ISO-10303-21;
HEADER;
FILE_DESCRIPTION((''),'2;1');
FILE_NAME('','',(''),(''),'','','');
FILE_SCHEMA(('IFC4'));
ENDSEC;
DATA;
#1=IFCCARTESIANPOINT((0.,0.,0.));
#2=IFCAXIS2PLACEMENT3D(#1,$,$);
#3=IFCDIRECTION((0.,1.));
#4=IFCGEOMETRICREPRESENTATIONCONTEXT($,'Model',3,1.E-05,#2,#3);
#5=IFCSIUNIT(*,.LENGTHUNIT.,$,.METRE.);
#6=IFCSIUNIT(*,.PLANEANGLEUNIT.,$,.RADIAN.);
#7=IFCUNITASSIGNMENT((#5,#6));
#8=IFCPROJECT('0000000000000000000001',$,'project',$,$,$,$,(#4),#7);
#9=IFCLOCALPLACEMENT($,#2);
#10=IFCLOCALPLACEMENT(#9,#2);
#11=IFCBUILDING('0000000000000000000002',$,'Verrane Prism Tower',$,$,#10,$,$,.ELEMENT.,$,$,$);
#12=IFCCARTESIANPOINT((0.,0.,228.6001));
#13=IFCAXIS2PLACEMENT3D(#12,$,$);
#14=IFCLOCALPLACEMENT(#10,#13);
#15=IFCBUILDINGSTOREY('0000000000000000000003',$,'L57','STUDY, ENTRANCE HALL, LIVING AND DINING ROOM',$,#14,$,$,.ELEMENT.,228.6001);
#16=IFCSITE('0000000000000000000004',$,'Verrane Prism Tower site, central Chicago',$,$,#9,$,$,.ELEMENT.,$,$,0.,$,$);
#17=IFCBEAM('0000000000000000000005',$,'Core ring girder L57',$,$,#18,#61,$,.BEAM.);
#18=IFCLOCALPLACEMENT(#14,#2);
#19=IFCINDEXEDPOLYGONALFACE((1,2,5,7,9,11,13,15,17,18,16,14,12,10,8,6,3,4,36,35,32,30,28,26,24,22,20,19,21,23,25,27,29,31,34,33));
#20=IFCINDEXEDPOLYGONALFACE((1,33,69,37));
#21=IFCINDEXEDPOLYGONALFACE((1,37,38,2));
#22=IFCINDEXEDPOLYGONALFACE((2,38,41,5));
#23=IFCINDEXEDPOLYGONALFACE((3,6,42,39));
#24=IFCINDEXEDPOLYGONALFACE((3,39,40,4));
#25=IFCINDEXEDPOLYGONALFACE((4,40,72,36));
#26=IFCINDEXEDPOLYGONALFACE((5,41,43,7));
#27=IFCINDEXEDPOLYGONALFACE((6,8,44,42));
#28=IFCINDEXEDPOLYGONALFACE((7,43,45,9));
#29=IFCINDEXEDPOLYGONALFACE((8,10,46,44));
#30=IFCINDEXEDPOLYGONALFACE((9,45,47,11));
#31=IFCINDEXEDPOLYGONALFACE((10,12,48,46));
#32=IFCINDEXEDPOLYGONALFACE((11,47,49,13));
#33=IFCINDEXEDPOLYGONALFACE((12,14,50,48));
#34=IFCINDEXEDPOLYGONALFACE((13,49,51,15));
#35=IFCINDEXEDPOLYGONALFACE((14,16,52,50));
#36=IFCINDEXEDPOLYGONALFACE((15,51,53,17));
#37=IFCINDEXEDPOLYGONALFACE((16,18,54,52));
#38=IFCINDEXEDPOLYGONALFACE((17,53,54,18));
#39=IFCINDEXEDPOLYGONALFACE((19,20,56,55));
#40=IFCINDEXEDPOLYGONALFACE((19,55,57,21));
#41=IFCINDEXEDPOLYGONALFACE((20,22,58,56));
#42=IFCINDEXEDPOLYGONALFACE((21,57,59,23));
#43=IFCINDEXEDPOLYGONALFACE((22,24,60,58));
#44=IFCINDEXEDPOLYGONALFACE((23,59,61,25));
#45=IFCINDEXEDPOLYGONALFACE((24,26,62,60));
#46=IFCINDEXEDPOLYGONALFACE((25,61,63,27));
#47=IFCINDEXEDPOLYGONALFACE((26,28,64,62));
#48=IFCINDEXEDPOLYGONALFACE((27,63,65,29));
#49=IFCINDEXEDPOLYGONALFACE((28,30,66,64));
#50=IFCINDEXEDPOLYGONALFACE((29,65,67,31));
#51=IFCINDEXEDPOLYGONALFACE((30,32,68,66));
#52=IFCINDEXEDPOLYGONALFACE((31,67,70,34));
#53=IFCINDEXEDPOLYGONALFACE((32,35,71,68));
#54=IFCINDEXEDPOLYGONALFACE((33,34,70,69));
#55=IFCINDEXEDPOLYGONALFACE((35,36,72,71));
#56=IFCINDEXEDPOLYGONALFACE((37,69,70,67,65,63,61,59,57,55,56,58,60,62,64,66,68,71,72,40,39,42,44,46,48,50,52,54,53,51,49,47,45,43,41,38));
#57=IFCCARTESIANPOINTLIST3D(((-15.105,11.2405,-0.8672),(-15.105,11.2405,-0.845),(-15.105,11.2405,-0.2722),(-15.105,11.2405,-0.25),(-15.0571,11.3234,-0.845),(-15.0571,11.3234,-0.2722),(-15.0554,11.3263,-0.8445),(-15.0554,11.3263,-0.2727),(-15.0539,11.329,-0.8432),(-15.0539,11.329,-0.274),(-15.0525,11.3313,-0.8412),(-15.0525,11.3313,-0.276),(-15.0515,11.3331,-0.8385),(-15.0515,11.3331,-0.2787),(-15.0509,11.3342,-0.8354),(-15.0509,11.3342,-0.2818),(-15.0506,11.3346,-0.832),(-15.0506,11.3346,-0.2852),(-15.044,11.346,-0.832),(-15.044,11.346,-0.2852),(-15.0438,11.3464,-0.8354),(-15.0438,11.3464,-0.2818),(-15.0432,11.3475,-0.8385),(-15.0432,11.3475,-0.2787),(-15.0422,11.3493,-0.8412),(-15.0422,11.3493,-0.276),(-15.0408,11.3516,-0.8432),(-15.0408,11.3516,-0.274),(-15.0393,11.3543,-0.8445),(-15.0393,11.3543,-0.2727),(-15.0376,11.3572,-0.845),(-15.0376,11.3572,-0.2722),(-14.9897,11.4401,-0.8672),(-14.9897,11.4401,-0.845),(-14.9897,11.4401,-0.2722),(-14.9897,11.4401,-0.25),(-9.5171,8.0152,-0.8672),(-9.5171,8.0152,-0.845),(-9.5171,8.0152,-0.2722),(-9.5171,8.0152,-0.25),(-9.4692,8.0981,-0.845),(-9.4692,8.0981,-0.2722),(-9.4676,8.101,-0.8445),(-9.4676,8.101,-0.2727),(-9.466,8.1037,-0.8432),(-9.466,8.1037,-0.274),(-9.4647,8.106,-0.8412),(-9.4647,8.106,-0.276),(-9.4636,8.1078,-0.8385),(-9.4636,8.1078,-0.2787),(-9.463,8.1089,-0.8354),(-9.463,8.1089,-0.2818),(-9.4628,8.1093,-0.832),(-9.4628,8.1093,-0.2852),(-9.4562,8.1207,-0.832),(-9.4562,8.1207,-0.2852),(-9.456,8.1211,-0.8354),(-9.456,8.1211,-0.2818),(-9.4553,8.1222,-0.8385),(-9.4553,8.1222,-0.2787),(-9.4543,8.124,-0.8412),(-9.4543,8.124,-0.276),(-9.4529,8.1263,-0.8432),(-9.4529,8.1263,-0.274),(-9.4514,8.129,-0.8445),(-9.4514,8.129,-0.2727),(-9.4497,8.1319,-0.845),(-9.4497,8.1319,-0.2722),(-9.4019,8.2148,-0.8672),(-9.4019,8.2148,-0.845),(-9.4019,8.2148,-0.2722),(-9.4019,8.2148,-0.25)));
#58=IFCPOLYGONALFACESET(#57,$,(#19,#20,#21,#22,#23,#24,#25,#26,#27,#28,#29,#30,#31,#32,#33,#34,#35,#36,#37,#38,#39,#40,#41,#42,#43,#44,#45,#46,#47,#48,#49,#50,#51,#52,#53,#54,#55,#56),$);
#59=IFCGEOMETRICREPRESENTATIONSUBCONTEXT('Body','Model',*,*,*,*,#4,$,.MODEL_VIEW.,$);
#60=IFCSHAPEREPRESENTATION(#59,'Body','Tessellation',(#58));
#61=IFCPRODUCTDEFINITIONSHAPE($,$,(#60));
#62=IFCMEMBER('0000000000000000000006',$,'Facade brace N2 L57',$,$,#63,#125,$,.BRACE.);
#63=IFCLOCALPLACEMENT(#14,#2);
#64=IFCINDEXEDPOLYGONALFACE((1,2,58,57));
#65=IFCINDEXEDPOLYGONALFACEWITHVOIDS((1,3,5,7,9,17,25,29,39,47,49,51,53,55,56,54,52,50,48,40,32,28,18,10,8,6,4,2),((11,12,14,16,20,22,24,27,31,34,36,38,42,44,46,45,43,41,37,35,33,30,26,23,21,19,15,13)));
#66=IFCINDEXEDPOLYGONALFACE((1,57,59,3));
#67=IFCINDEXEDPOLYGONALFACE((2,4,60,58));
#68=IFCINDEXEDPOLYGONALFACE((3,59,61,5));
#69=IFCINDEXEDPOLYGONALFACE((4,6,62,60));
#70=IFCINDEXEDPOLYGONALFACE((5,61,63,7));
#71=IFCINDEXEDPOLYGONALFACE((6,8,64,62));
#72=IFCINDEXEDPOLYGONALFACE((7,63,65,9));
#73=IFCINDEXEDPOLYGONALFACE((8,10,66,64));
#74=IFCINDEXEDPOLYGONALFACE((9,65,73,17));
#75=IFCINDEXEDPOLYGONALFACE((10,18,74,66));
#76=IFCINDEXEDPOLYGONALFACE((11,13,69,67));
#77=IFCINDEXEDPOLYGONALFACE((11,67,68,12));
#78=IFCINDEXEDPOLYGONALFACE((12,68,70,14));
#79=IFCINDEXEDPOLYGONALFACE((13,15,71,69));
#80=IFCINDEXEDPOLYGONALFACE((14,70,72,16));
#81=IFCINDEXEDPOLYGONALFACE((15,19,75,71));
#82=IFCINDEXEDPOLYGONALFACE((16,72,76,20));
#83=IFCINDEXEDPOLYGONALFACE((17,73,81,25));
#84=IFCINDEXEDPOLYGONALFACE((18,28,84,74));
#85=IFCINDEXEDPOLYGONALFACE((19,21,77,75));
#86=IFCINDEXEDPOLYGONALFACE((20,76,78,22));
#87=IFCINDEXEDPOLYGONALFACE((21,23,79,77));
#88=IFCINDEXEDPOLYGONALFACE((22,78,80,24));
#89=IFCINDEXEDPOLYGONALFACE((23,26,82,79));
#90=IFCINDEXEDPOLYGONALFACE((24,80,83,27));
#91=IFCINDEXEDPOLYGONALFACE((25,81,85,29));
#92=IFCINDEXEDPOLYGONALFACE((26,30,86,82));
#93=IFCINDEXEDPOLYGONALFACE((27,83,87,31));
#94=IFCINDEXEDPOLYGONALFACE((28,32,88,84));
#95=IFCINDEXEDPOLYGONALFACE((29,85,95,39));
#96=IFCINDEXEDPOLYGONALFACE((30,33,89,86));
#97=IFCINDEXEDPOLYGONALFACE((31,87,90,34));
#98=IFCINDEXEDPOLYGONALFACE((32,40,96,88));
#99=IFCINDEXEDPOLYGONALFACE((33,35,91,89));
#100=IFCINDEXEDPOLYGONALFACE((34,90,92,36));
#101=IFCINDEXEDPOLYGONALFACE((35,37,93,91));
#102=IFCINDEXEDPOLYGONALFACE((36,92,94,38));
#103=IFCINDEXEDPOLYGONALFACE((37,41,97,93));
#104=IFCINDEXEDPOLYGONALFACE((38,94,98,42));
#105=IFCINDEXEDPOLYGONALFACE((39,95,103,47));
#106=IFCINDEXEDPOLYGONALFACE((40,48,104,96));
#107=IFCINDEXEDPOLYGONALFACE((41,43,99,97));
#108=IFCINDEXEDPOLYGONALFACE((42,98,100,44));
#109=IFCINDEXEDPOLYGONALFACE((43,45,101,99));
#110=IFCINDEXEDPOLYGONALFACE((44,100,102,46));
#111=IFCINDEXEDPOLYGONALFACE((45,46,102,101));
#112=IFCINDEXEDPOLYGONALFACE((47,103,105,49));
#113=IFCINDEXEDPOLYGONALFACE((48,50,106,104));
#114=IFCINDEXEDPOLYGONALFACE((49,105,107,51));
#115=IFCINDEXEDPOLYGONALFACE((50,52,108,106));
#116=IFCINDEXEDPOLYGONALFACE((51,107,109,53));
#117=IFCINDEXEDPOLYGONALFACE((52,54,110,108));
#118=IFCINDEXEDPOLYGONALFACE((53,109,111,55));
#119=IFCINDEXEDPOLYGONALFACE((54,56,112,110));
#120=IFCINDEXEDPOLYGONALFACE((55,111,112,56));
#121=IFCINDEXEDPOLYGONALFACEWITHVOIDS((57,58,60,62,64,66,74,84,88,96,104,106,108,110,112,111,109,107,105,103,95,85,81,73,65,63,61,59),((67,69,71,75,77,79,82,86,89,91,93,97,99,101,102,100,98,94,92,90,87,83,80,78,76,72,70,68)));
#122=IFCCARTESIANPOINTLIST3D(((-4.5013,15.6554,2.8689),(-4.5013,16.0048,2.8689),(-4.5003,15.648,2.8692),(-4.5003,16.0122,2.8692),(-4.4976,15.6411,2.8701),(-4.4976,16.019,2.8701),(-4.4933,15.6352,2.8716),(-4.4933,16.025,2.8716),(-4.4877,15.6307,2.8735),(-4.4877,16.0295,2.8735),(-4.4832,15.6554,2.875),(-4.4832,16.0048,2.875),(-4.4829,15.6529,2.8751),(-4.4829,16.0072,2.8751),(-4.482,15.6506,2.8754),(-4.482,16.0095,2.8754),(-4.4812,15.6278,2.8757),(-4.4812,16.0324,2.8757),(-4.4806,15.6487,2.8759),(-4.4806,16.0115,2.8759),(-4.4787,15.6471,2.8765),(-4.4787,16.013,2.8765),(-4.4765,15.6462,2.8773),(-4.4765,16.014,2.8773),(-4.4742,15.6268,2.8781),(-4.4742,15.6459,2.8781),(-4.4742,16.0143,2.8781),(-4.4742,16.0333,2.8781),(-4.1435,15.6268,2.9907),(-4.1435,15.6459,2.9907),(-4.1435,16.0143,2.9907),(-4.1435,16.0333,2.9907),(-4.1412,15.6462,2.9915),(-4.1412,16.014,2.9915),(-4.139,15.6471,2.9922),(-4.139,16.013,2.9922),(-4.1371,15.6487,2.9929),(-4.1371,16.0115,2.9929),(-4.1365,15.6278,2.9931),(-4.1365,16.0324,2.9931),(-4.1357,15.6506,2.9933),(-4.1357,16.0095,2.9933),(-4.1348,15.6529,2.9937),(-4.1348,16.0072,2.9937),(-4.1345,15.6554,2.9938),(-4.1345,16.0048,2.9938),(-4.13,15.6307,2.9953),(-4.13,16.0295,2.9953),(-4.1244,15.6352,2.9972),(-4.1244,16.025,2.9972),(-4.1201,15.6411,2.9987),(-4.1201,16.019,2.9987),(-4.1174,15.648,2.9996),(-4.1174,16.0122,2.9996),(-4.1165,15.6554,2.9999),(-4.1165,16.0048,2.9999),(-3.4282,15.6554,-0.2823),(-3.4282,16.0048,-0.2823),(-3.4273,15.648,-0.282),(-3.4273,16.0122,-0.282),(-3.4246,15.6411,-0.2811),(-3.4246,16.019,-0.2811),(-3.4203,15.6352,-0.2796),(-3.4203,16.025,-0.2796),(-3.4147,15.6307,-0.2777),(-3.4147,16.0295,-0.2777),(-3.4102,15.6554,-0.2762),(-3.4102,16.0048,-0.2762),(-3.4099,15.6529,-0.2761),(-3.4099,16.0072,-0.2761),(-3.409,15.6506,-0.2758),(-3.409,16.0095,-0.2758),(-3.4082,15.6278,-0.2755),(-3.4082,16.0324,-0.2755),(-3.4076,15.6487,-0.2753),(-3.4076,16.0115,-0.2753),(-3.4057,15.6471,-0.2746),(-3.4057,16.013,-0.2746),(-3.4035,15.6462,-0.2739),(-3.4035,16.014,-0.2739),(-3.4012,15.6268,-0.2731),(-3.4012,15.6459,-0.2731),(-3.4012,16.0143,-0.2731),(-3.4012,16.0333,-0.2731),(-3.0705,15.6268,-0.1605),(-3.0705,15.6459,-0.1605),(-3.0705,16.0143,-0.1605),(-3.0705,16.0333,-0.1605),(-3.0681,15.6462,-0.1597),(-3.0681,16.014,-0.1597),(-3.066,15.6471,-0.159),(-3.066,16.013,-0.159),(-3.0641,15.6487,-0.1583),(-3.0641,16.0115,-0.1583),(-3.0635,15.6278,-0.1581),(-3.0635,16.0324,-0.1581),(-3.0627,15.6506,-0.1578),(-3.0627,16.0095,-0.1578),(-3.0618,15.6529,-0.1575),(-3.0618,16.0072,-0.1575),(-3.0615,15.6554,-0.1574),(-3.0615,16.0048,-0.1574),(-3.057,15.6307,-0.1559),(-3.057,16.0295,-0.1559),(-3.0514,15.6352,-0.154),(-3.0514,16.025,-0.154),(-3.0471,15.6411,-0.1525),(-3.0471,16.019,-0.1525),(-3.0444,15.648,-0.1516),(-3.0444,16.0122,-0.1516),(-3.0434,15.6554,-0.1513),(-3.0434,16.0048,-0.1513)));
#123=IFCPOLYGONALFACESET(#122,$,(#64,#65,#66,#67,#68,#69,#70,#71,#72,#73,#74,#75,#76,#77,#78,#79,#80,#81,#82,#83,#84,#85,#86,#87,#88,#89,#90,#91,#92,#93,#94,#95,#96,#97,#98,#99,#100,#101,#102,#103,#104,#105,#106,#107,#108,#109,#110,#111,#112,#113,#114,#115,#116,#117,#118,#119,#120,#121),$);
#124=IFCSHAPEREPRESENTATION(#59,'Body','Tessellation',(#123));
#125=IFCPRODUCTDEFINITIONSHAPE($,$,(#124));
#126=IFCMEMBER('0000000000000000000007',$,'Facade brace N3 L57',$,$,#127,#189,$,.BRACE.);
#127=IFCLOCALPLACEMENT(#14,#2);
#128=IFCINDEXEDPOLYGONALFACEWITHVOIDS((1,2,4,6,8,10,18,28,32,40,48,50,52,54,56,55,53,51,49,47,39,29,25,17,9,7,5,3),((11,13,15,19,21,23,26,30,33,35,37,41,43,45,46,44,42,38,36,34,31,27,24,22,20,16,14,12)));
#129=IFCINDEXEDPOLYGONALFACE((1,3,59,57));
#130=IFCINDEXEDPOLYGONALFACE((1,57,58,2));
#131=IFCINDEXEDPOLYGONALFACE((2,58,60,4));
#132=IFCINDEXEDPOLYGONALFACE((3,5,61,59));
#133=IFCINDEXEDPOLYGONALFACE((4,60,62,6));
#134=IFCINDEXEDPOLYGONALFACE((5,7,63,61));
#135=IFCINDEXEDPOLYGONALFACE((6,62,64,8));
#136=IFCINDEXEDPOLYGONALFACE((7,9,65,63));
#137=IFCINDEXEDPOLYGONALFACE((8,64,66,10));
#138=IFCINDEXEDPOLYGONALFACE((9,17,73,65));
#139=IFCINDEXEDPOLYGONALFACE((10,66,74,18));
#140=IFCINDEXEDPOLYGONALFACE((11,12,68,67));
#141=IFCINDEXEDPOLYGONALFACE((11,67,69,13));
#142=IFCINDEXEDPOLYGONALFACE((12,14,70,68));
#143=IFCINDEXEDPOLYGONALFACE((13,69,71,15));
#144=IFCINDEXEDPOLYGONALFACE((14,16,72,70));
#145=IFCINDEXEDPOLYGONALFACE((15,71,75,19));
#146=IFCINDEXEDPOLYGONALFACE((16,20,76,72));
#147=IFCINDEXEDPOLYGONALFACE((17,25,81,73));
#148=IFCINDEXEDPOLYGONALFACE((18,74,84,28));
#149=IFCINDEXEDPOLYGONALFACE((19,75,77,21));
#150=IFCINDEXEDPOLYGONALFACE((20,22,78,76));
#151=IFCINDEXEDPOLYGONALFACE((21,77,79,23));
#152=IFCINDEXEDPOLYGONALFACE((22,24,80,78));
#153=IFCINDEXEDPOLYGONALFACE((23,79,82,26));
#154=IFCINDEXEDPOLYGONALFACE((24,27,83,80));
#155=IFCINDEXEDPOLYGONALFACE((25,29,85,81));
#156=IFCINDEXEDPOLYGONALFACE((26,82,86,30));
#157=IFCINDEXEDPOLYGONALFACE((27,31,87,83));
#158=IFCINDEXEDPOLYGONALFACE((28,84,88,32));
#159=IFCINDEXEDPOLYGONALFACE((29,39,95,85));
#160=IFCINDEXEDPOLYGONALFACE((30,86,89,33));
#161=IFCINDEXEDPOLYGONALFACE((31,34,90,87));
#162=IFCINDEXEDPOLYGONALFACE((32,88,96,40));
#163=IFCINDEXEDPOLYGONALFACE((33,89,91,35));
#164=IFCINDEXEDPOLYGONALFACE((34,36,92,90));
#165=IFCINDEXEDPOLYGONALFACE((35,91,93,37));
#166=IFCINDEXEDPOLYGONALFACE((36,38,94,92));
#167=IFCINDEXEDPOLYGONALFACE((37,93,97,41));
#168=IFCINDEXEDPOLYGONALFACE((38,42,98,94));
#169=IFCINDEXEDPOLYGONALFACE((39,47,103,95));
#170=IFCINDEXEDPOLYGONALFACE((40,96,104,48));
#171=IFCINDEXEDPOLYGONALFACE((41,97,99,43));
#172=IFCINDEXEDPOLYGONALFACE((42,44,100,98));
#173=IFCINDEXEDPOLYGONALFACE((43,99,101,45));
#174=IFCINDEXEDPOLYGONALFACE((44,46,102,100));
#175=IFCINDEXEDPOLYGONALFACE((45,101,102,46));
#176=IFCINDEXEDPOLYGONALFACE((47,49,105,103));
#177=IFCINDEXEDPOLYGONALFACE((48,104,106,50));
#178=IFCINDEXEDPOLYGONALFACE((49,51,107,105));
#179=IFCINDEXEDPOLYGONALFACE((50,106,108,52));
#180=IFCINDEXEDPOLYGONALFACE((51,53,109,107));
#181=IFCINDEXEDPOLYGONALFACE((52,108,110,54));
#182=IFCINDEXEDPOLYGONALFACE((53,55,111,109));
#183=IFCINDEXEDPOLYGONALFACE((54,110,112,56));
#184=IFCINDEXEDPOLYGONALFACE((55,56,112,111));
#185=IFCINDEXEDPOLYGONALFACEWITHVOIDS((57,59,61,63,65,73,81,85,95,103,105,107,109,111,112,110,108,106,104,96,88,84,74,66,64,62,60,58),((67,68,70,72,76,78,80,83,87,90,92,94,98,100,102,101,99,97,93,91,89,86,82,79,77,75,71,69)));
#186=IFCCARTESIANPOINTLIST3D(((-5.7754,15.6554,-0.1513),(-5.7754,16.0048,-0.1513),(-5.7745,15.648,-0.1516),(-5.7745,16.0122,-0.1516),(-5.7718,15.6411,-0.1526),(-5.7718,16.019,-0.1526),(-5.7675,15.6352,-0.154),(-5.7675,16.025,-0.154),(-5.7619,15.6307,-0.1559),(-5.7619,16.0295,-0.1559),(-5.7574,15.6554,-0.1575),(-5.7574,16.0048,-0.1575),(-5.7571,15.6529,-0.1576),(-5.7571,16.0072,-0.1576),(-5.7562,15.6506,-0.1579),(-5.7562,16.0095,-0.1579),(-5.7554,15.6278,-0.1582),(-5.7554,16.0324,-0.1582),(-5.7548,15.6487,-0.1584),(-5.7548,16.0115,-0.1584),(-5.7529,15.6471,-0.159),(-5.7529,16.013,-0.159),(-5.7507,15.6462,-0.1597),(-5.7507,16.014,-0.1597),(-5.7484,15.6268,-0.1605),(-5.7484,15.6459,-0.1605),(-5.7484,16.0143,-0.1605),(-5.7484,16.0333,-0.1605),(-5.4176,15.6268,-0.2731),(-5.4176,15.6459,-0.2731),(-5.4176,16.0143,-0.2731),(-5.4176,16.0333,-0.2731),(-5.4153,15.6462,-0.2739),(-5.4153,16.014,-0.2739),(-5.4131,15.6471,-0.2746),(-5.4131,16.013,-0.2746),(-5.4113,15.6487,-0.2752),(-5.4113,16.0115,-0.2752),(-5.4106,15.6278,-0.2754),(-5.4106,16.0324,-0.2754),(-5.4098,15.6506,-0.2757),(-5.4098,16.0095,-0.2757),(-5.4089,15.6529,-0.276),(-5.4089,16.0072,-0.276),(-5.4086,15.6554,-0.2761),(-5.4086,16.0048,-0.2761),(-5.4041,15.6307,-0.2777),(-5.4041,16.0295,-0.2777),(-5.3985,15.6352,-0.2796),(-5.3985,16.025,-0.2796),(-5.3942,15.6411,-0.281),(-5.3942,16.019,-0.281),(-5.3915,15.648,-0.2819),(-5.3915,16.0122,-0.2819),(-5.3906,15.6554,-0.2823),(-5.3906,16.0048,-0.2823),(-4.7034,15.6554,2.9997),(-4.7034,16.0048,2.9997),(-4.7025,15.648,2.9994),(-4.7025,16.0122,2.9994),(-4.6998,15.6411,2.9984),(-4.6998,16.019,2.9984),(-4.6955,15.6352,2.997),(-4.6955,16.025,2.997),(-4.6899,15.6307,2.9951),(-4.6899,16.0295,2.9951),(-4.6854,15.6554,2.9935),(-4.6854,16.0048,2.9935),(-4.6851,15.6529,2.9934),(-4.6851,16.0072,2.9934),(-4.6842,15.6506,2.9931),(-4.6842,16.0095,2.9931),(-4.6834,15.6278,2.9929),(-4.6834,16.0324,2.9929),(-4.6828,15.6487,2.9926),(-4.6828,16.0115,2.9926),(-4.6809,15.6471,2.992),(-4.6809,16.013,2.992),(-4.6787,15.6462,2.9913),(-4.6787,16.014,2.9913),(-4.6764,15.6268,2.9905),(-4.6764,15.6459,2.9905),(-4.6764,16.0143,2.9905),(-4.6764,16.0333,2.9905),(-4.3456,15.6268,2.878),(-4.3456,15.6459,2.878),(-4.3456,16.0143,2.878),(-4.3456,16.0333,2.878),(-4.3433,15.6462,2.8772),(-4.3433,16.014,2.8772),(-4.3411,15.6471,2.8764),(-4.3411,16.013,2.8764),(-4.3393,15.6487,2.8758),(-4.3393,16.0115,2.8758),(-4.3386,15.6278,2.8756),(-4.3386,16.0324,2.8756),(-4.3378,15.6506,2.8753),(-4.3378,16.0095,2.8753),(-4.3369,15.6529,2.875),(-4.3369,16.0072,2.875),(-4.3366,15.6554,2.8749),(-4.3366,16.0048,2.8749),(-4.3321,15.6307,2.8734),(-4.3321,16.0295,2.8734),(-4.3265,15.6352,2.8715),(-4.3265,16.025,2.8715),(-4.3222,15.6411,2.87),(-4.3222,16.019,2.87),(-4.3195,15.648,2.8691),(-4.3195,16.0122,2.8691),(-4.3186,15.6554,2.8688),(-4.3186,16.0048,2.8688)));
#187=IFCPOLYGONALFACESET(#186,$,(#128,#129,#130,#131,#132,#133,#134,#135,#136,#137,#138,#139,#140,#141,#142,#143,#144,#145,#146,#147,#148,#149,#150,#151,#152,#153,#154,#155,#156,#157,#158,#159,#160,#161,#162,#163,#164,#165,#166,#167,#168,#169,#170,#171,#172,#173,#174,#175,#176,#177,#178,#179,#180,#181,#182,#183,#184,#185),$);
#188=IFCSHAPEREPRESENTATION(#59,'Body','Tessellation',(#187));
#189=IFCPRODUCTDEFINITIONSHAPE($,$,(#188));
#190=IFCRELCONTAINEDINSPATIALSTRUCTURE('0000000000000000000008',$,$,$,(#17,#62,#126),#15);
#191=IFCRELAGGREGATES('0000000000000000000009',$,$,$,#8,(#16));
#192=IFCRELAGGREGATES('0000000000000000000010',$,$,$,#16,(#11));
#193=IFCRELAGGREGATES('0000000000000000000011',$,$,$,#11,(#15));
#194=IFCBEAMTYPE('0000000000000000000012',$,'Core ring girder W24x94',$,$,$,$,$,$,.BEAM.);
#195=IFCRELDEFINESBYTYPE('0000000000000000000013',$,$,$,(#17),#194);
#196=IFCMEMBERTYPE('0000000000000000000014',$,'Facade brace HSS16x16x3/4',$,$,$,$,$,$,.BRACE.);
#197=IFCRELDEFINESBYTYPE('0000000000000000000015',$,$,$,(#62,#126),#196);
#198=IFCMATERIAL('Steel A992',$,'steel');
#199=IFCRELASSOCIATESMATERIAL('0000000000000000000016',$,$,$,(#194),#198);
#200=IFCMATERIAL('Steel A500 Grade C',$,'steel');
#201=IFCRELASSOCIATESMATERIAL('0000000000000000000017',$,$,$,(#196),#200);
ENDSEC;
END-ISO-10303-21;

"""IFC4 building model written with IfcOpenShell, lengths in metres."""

from ifc_helpers import new_model, si_unit, direction, frame, origin, origin_2d, place, context, subcontext, project, spatial, hollow_rectangle, i_section, extrude, material, material_profile, profile_set, type_object, element, save


model = new_model("IFC4")

# Units and contexts
model_context = context("Model", 3, precision=1e-05, world=origin(), true_north=direction((0.0, 1.0)))
body_context = subcontext(model_context, "Body", "Model", "MODEL_VIEW")
ifc_project = project(units=[si_unit("LENGTHUNIT", "METRE"), si_unit("PLANEANGLEUNIT", "RADIAN")], contexts=[model_context])

# Site, building, storey
site_placement = place(None, origin())
site = spatial("IfcSite", under=ifc_project, at=site_placement, Name="Verrane Prism Tower site, central Chicago", CompositionType="ELEMENT", RefElevation=0.0)
building_placement = place(site_placement, origin())
building = spatial("IfcBuilding", under=site, at=building_placement, Name="Verrane Prism Tower", CompositionType="ELEMENT")
storey_placement = place(building_placement, frame((0.0, 0.0, 228.6001)))
storey = spatial("IfcBuildingStorey", under=building, at=storey_placement, Name="L57", Description="STUDY, ENTRANCE HALL, LIVING AND DINING ROOM", CompositionType="ELEMENT", Elevation=228.6001)

# Beam
ifc_material_1 = material(Name="Steel A992", Category="steel")
ifc_material_profile_1 = material_profile(ifc_material_1, i_section(OverallWidth=0.2305, OverallDepth=0.6172, WebThickness=0.0132, FlangeThickness=0.0222, FilletRadius=0.0129, at=origin_2d()), Name="W24x94")
ifc_profile_set_1 = profile_set([ifc_material_profile_1], Name="Steel A992")
beam_type_1 = type_object("IfcBeamType", Name="Core ring girder W24x94", PredefinedType="BEAM", material=ifc_profile_set_1)
beam_1_placement = place(storey_placement, frame((-9.4595, 8.115, -0.5586), z_axis=(-0.866081, 0.499904, 0.0), x_axis=(-0.499904, -0.866081, 0.0)))
element("IfcBeam", 1, at=beam_1_placement, inside=storey, type_object=beam_type_1, Name="Core ring girder L57", PredefinedType="BEAM", context=body_context, shape_type="SweptSolid", body=[
    extrude(i_section(OverallWidth=0.2305, OverallDepth=0.6172, WebThickness=0.0132, FlangeThickness=0.0222, FilletRadius=0.0129, at=origin_2d()), origin(), (0.0, 0.0, 1.0), 6.4519),
])

# Members
ifc_material_2 = material(Name="Steel A500 Grade C", Category="steel")
ifc_material_profile_2 = material_profile(ifc_material_2, hollow_rectangle(XDim=0.4065, YDim=0.4065, WallThickness=0.019, InnerFilletRadius=0.0095, OuterFilletRadius=0.0286, at=origin_2d()), Name="HSS16x16x3/4")
ifc_profile_set_2 = profile_set([ifc_material_profile_2], Name="Steel A500 Grade C")
member_type_1 = type_object("IfcMemberType", Name="Facade brace HSS16x16x3/4", PredefinedType="BRACE", material=ifc_profile_set_2)
member_1_placement = place(storey_placement, frame((-3.2358, 15.8301, -0.2168), z_axis=(-0.322338, 0.0, 0.946625), x_axis=(0.0, -1.0, 0.0)))
element("IfcMember", 2, at=member_1_placement, inside=storey, type_object=member_type_1, Name="Facade brace N2 L57", PredefinedType="BRACE", context=body_context, shape_type="SweptSolid", body=[
    extrude(hollow_rectangle(XDim=0.4065, YDim=0.4065, WallThickness=0.019, InnerFilletRadius=0.0095, OuterFilletRadius=0.0286, at=origin_2d()), origin(), (0.0, 0.0, 1.0), 3.3289),
])
member_2_placement = place(storey_placement, frame((-5.583, 15.8301, -0.2168), z_axis=(0.322075, 0.0, 0.946714), x_axis=(0.0, 1.0, 0.0)))
element("IfcMember", 3, at=member_2_placement, inside=storey, type_object=member_type_1, Name="Facade brace N3 L57", PredefinedType="BRACE", context=body_context, shape_type="SweptSolid", body=[
    extrude(hollow_rectangle(XDim=0.4065, YDim=0.4065, WallThickness=0.019, InnerFilletRadius=0.0095, OuterFilletRadius=0.0286, at=origin_2d()), origin(), (0.0, 0.0, 1.0), 3.3284),
])

save(model, "model.ifc")
